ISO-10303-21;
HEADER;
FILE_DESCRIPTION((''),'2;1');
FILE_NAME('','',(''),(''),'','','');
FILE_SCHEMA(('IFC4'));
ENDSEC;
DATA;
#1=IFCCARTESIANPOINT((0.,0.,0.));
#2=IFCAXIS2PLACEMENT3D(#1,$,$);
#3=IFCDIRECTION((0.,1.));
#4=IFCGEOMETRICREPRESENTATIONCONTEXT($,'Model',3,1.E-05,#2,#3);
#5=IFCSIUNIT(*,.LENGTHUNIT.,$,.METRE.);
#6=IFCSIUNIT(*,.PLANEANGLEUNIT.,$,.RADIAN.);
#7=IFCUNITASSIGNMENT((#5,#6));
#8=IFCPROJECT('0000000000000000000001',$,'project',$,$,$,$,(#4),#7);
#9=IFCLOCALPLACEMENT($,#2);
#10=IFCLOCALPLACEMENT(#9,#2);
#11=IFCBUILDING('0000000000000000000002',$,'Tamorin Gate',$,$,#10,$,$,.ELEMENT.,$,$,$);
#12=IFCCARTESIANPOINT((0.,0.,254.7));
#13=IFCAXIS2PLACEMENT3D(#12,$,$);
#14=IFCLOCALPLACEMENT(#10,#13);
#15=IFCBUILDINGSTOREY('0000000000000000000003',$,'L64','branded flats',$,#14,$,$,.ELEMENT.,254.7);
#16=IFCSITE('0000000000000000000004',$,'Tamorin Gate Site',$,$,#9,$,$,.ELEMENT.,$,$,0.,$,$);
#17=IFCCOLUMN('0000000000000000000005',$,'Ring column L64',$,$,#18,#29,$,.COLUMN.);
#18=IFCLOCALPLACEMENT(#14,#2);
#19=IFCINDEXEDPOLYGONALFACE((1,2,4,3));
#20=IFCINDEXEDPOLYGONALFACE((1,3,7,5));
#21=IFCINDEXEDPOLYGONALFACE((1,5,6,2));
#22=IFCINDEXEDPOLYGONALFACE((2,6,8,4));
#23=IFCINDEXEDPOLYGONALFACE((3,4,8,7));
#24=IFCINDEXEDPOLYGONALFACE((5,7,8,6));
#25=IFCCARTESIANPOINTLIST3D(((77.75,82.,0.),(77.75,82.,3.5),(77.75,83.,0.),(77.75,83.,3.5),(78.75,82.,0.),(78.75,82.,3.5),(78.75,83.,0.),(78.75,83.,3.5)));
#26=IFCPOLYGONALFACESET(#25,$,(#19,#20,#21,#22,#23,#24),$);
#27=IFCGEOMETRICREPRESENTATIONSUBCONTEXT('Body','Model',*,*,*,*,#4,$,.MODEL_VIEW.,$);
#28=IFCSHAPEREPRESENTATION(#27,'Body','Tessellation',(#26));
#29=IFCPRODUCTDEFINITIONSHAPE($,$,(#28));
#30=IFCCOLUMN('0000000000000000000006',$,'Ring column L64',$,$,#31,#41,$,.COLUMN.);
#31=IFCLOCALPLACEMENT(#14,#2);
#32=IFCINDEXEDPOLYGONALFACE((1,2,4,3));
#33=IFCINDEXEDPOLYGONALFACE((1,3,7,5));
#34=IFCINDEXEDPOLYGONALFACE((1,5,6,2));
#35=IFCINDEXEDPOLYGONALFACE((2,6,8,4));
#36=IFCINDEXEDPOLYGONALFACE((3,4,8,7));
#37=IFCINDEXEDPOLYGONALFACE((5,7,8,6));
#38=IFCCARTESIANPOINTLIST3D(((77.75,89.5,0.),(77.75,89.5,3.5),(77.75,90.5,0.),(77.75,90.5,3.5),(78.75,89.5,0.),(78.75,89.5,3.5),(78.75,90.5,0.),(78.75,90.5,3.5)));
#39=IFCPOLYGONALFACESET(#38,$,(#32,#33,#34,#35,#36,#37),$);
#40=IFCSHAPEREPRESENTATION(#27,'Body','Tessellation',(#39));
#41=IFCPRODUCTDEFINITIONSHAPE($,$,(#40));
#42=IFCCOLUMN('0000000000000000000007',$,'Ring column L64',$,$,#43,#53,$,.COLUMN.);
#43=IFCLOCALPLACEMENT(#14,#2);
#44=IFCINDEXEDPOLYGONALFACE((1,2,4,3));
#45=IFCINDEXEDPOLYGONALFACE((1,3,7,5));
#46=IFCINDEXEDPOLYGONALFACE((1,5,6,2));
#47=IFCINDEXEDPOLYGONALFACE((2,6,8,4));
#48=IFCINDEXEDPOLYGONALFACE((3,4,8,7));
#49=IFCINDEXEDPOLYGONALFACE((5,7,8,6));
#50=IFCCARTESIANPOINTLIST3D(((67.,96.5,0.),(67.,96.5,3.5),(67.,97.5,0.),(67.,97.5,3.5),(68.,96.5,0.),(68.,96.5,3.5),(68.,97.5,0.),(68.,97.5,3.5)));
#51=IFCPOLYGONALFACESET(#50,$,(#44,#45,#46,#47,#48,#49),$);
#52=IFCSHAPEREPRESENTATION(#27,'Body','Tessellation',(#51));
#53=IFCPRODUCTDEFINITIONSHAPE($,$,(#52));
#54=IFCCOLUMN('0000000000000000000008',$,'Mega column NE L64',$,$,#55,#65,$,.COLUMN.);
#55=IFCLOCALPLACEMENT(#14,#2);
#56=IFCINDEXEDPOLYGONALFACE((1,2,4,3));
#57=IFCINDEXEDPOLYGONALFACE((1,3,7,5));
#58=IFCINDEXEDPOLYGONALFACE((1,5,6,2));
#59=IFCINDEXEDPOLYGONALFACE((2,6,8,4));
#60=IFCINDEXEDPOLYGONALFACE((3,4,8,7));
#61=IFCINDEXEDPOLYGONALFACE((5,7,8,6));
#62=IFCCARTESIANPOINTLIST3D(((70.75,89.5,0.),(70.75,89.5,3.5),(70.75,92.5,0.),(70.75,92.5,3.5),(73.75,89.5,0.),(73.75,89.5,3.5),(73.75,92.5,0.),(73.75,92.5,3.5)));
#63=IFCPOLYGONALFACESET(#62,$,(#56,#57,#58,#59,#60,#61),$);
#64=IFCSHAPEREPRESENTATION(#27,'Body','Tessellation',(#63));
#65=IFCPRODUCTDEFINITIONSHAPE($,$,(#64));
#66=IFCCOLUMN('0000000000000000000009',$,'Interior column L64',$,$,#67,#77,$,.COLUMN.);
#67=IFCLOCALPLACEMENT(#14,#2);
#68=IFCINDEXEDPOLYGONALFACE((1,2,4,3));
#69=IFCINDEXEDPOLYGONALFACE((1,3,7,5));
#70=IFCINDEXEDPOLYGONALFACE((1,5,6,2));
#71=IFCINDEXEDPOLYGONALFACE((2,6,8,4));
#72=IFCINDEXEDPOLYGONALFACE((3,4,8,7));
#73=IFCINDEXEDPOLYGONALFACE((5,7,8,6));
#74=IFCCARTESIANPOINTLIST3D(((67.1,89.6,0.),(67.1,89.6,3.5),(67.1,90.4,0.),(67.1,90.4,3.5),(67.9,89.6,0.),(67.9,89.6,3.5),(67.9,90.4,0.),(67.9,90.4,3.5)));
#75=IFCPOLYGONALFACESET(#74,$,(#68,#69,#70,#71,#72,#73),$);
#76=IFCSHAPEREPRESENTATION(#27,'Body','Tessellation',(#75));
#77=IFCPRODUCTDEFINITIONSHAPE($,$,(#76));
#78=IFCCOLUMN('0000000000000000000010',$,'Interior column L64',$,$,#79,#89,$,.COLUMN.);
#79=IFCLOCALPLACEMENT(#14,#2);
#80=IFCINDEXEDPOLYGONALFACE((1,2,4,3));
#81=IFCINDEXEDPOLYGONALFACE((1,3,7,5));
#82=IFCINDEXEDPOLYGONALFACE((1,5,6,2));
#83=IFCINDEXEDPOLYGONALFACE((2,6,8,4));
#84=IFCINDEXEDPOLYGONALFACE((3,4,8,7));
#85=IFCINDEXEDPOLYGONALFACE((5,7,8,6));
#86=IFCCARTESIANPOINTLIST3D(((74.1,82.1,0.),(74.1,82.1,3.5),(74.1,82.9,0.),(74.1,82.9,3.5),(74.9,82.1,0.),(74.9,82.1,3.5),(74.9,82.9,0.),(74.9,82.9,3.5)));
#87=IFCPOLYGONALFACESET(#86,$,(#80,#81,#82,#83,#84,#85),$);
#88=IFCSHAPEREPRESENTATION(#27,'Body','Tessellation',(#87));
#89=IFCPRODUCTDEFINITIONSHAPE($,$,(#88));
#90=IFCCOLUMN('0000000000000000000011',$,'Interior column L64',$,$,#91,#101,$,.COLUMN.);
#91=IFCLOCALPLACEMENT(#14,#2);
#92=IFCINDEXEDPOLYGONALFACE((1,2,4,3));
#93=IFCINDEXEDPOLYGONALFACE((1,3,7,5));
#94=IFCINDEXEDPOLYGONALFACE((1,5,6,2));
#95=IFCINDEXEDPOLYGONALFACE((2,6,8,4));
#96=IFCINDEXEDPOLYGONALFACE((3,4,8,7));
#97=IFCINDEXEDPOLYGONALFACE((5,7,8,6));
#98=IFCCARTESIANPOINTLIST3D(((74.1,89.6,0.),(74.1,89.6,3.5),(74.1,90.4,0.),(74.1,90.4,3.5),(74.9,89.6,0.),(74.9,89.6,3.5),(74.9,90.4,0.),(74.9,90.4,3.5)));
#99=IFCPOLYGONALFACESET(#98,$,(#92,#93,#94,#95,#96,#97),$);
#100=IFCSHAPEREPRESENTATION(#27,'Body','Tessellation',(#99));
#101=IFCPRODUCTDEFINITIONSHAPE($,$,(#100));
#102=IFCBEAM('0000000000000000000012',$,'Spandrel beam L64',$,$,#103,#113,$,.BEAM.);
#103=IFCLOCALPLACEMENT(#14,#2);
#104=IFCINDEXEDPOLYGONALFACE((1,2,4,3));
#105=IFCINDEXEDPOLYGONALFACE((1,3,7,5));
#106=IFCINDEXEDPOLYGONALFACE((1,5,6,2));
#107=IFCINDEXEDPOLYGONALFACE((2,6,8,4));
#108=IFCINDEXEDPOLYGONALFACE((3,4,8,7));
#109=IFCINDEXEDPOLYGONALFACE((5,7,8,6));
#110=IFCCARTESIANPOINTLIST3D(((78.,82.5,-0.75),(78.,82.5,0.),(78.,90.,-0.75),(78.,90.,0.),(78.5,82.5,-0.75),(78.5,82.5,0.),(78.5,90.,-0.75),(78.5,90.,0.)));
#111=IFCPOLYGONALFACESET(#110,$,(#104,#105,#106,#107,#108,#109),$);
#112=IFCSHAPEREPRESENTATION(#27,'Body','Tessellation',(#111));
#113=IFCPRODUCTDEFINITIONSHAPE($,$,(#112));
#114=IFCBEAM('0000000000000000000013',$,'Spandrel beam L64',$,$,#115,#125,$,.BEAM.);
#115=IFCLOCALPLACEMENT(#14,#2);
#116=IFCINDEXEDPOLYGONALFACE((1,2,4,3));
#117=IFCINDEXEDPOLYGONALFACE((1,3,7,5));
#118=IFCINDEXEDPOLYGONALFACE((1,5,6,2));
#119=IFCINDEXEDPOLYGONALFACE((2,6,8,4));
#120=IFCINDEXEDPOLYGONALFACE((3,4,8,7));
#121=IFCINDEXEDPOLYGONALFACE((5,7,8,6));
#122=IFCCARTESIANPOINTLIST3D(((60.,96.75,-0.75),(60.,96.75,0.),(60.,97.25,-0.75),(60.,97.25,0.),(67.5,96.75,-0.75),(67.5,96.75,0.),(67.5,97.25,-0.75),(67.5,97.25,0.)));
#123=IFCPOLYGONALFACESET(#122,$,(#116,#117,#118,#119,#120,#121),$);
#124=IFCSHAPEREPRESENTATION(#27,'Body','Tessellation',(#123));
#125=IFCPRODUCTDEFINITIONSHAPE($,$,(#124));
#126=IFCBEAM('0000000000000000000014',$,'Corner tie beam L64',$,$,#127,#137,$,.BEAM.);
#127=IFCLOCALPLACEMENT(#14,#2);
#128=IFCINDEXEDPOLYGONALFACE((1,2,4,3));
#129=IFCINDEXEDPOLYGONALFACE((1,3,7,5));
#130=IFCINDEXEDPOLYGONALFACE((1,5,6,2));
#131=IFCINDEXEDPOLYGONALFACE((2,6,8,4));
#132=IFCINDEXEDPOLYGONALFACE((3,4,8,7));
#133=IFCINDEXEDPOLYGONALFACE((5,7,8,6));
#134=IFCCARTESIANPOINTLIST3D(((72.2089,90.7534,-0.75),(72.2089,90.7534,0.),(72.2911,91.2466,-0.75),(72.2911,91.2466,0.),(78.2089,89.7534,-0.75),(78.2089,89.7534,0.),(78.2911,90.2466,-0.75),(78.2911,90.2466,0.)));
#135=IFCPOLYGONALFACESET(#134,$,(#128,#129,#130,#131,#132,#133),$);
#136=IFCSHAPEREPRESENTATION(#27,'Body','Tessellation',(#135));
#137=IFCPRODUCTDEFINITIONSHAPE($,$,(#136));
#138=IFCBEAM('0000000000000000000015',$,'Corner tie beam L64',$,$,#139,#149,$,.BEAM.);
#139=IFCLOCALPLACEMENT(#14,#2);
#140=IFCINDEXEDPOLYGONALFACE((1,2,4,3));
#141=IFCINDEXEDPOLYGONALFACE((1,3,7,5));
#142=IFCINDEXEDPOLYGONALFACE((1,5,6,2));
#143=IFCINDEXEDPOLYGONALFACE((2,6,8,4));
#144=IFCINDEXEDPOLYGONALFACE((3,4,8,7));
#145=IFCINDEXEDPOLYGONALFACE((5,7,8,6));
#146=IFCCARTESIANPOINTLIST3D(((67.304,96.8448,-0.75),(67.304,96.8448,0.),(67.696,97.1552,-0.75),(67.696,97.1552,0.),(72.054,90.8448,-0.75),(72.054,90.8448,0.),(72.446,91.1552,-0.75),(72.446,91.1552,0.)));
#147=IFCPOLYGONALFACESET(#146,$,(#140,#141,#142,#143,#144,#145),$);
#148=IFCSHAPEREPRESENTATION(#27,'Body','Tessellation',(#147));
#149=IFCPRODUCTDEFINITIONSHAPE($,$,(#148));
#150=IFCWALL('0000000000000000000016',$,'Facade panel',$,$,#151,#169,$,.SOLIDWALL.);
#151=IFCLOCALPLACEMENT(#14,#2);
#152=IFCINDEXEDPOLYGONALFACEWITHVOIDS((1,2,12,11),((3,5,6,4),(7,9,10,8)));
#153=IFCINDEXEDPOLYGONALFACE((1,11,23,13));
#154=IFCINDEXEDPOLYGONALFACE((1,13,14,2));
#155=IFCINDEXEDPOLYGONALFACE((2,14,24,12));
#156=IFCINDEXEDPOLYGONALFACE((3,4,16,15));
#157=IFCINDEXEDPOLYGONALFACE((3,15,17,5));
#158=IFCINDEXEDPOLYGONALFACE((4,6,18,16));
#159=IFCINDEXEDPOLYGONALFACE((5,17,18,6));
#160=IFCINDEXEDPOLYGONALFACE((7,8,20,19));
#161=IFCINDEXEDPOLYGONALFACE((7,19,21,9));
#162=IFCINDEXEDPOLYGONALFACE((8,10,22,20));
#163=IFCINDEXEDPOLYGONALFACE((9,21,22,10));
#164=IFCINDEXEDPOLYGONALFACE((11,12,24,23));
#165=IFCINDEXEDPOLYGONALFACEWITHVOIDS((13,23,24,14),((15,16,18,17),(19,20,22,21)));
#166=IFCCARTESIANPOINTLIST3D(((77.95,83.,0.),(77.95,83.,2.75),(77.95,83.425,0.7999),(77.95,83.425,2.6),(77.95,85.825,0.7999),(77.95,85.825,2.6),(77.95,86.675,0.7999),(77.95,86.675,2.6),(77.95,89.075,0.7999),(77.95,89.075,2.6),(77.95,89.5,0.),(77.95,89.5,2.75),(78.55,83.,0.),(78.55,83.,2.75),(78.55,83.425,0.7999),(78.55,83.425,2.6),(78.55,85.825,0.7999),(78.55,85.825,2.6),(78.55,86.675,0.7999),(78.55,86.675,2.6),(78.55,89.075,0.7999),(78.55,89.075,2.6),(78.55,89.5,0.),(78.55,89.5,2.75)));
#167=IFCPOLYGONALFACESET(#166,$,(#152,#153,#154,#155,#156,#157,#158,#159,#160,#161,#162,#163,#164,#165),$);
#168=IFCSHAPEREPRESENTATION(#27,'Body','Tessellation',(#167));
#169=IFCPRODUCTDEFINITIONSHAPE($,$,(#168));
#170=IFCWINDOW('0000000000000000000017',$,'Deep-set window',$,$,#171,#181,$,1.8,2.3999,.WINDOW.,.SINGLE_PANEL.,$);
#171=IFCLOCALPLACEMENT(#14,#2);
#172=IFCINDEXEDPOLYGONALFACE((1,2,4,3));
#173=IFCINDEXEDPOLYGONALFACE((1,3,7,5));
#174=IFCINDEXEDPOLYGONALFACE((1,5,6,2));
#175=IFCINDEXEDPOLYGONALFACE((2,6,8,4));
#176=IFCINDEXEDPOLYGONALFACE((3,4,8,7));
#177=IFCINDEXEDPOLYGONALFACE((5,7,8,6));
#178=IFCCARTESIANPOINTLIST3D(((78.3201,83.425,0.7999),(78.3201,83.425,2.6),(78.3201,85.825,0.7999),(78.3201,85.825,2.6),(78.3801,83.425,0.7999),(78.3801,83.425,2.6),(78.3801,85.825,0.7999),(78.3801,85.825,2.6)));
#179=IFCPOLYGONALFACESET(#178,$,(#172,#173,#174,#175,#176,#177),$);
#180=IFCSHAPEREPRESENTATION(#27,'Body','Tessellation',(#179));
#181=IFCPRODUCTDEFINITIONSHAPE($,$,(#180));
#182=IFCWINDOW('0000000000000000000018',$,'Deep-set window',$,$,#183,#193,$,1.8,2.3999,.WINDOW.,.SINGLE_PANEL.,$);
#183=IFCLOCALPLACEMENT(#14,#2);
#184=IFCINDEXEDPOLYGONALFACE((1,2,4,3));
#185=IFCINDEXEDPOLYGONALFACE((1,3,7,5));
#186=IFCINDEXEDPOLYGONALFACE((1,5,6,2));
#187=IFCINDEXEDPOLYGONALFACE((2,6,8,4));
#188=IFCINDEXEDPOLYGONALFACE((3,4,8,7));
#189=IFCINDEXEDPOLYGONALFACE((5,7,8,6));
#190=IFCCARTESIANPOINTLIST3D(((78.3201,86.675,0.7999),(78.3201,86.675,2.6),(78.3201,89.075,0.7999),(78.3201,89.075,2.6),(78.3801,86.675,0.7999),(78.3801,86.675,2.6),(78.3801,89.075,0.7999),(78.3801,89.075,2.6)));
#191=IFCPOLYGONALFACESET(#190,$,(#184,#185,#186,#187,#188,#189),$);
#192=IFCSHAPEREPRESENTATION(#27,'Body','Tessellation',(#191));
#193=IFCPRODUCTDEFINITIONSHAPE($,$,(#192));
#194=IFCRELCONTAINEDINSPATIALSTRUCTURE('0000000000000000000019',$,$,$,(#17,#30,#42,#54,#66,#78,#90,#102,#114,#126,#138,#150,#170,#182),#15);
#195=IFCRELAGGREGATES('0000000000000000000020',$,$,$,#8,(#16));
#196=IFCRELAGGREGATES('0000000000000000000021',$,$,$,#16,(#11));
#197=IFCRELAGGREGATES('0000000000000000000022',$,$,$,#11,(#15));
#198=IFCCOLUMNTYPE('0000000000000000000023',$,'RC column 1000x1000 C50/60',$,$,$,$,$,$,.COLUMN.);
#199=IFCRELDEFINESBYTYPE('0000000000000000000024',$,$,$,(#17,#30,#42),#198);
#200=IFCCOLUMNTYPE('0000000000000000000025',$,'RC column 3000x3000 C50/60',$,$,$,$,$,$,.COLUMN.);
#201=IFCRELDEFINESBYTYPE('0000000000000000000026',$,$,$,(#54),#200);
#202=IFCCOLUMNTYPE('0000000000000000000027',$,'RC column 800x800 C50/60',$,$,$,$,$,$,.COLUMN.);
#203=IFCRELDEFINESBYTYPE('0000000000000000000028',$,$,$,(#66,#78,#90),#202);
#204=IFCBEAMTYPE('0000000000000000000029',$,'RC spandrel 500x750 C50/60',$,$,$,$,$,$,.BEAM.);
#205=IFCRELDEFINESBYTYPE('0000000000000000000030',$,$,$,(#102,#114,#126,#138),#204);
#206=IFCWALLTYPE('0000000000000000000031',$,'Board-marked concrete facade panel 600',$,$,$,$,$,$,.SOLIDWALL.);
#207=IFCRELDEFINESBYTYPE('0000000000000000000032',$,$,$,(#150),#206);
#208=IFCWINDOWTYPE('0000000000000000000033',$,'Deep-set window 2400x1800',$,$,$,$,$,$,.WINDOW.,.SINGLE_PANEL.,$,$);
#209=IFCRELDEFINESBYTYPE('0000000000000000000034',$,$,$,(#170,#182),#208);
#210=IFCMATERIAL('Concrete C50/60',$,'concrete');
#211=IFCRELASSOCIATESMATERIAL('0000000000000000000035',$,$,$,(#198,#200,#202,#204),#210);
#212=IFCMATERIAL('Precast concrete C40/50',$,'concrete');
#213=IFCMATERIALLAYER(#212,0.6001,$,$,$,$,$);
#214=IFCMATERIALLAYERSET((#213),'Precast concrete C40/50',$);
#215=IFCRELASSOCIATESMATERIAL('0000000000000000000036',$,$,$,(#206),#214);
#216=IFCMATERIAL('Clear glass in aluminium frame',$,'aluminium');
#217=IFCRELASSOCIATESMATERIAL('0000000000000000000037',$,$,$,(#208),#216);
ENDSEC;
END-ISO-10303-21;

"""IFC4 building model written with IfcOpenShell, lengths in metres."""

from ifc_helpers import new_model, si_unit, direction, frame, frame_2d, origin, origin_2d, place, context, subcontext, project, spatial, rectangle, extrude, material, layer, layer_set, material_profile, profile_set, type_object, element, fill, save


model = new_model("IFC4")

# Units and contexts
model_context = context("Model", 3, precision=1e-05, world=origin(), true_north=direction((0.0, 1.0)))
body_context = subcontext(model_context, "Body", "Model", "MODEL_VIEW")
ifc_project = project(units=[si_unit("LENGTHUNIT", "METRE"), si_unit("PLANEANGLEUNIT", "RADIAN")], contexts=[model_context])

# Site, building, storey
site_placement = place(None, origin())
site = spatial("IfcSite", under=ifc_project, at=site_placement, Name="Tamorin Gate Site", CompositionType="ELEMENT", RefElevation=0.0)
building_placement = place(site_placement, origin())
building = spatial("IfcBuilding", under=site, at=building_placement, Name="Tamorin Gate", CompositionType="ELEMENT")
storey_placement = place(building_placement, frame((0.0, 0.0, 254.7)))
storey = spatial("IfcBuildingStorey", under=building, at=storey_placement, Name="L64", Description="branded flats", CompositionType="ELEMENT", Elevation=254.7)

# Columns
ifc_material_1 = material(Name="Concrete C50/60", Category="concrete")
ifc_material_profile_1 = material_profile(ifc_material_1, rectangle(XDim=1.0, YDim=1.0, at=origin_2d()), Name="RC 1000x1000")
ifc_profile_set_1 = profile_set([ifc_material_profile_1], Name="Concrete C50/60")
column_type_1 = type_object("IfcColumnType", Name="RC column 1000x1000 C50/60", PredefinedType="COLUMN", material=ifc_profile_set_1)
for number, where, z_axis, x_axis, name in (
    (1, (78.25, 82.5, 0.0), (0.0, 0.0, 1.0), (1.0, 0.0, 0.0), "Ring column L64"),
    (2, (78.25, 90.0, 0.0), (0.0, 0.0, 1.0), (1.0, 0.0, 0.0), "Ring column L64"),
    (3, (67.5, 97.0, 0.0), (0.0, 0.0, 1.0), (1.0, 0.0, 0.0), "Ring column L64"),
):
    element("IfcColumn", number, at=place(storey_placement, frame(where, z_axis=z_axis, x_axis=x_axis)), inside=storey, type_object=column_type_1, Name=name, PredefinedType="COLUMN", context=body_context, shape_type="SweptSolid", body=[
        extrude(rectangle(XDim=1.0, YDim=1.0, at=origin_2d()), origin(), (0.0, 0.0, 1.0), 3.5),
    ])
ifc_material_profile_2 = material_profile(ifc_material_1, rectangle(XDim=3.0, YDim=3.0, at=origin_2d()), Name="RC 3000x3000")
ifc_profile_set_2 = profile_set([ifc_material_profile_2], Name="Concrete C50/60")
column_type_2 = type_object("IfcColumnType", Name="RC column 3000x3000 C50/60", PredefinedType="COLUMN", material=ifc_profile_set_2)
column_placement = place(storey_placement, frame((72.25, 91.0, 0.0), z_axis=(0.0, 0.0, 1.0), x_axis=(1.0, 0.0, 0.0)))
element("IfcColumn", 4, at=column_placement, inside=storey, type_object=column_type_2, Name="Mega column NE L64", PredefinedType="COLUMN", context=body_context, shape_type="SweptSolid", body=[
    extrude(rectangle(XDim=3.0, YDim=3.0, at=origin_2d()), origin(), (0.0, 0.0, 1.0), 3.5),
])
ifc_material_profile_3 = material_profile(ifc_material_1, rectangle(XDim=0.8, YDim=0.8, at=origin_2d()), Name="RC 800x800")
ifc_profile_set_3 = profile_set([ifc_material_profile_3], Name="Concrete C50/60")
column_type_3 = type_object("IfcColumnType", Name="RC column 800x800 C50/60", PredefinedType="COLUMN", material=ifc_profile_set_3)
for number, where, z_axis, x_axis, name in (
    (5, (67.5, 90.0, 0.0), (0.0, 0.0, 1.0), (1.0, 0.0, 0.0), "Interior column L64"),
    (6, (74.5, 82.5, 0.0), (0.0, 0.0, 1.0), (1.0, 0.0, 0.0), "Interior column L64"),
    (7, (74.5, 90.0, 0.0), (0.0, 0.0, 1.0), (1.0, 0.0, 0.0), "Interior column L64"),
):
    element("IfcColumn", number, at=place(storey_placement, frame(where, z_axis=z_axis, x_axis=x_axis)), inside=storey, type_object=column_type_3, Name=name, PredefinedType="COLUMN", context=body_context, shape_type="SweptSolid", body=[
        extrude(rectangle(XDim=0.8, YDim=0.8, at=origin_2d()), origin(), (0.0, 0.0, 1.0), 3.5),
    ])

# Beams
ifc_material_profile_4 = material_profile(ifc_material_1, rectangle(XDim=0.5, YDim=0.75, at=origin_2d()), Name="RC 500x750")
ifc_profile_set_4 = profile_set([ifc_material_profile_4], Name="Concrete C50/60")
beam_type = type_object("IfcBeamType", Name="RC spandrel 500x750 C50/60", PredefinedType="BEAM", material=ifc_profile_set_4)
for number, where, z_axis, x_axis, name in (
    (8, (78.25, 82.5, -0.375), (0.0, 1.0, 0.0), (-1.0, 0.0, 0.0), "Spandrel beam L64"),
    (9, (67.5, 97.0, -0.375), (-1.0, 0.0, 0.0), (0.0, -1.0, 0.0), "Spandrel beam L64"),
):
    element("IfcBeam", number, at=place(storey_placement, frame(where, z_axis=z_axis, x_axis=x_axis)), inside=storey, type_object=beam_type, Name=name, PredefinedType="BEAM", context=body_context, shape_type="SweptSolid", body=[
        extrude(rectangle(XDim=0.5, YDim=0.75, at=origin_2d()), origin(), (0.0, 0.0, 1.0), 7.5),
    ])
beam_1_placement = place(storey_placement, frame((72.25, 91.0, -0.375), z_axis=(0.986394, -0.164399, 0.0), x_axis=(0.164399, 0.986394, 0.0)))
element("IfcBeam", 10, at=beam_1_placement, inside=storey, type_object=beam_type, Name="Corner tie beam L64", PredefinedType="BEAM", context=body_context, shape_type="SweptSolid", body=[
    extrude(rectangle(XDim=0.5, YDim=0.75, at=origin_2d()), origin(), (0.0, 0.0, 1.0), 6.0828),
])
beam_2_placement = place(storey_placement, frame((72.25, 91.0, -0.375), z_axis=(-0.620703, 0.784046, 0.0), x_axis=(-0.784046, -0.620703, 0.0)))
element("IfcBeam", 11, at=beam_2_placement, inside=storey, type_object=beam_type, Name="Corner tie beam L64", PredefinedType="BEAM", context=body_context, shape_type="SweptSolid", body=[
    extrude(rectangle(XDim=0.5, YDim=0.75, at=origin_2d()), origin(), (0.0, 0.0, 1.0), 7.6526),
])

# Wall, openings, windows
ifc_material_2 = material(Name="Precast concrete C40/50", Category="concrete")
ifc_layer = layer(ifc_material_2, 0.6001)
ifc_layer_set = layer_set([ifc_layer], Name="Precast concrete C40/50")
wall_type = type_object("IfcWallType", Name="Board-marked concrete facade panel 600", PredefinedType="SOLIDWALL", material=ifc_layer_set)
wall_1_placement = place(storey_placement, frame((78.25, 83.0, 0.0), z_axis=(0.0, 0.0, 1.0), x_axis=(0.0, 1.0, 0.0)))
wall_1 = element("IfcWall", 12, at=wall_1_placement, inside=storey, type_object=wall_type, Name="Facade panel", PredefinedType="SOLIDWALL", context=body_context, shape_type="SweptSolid", body=[
    extrude(rectangle(XDim=6.5, YDim=0.6001, at=frame_2d((3.25, 0.0))), origin(), (0.0, 0.0, 1.0), 2.75),
])
opening_1_placement = place(wall_1_placement, frame((0.425, 0.0, 0.8)))
opening_1 = element("IfcOpeningElement", 13, at=opening_1_placement, cuts=wall_1, PredefinedType="OPENING", context=body_context, shape_type="SweptSolid", body=[
    extrude(rectangle(XDim=2.3999, YDim=1.8, at=frame_2d((1.2, 0.8999))), frame((0.0, 0.3101, 0.0), z_axis=(0.0, -1.0, 0.0), x_axis=(1.0, 0.0, 0.0)), (0.0, 0.0, 1.0), 0.6201),
])
opening_2_placement = place(wall_1_placement, frame((3.675, 0.0, 0.8)))
opening_2 = element("IfcOpeningElement", 14, at=opening_2_placement, cuts=wall_1, PredefinedType="OPENING", context=body_context, shape_type="SweptSolid", body=[
    extrude(rectangle(XDim=2.3999, YDim=1.8, at=frame_2d((1.2, 0.8999))), frame((0.0, 0.3101, 0.0), z_axis=(0.0, -1.0, 0.0), x_axis=(1.0, 0.0, 0.0)), (0.0, 0.0, 1.0), 0.6201),
])
ifc_material_3 = material(Name="Clear glass in aluminium frame", Category="aluminium")
window_type = type_object("IfcWindowType", Name="Deep-set window 2400x1800", PartitioningType="SINGLE_PANEL", PredefinedType="WINDOW", material=ifc_material_3)
window_1_placement = place(opening_1_placement, origin())
window_1 = element("IfcWindow", 15, at=window_1_placement, inside=storey, type_object=window_type, Name="Deep-set window", OverallHeight=1.8, OverallWidth=2.3999, PartitioningType="SINGLE_PANEL", PredefinedType="WINDOW", context=body_context, shape_type="SweptSolid", body=[
    extrude(rectangle(XDim=2.3999, YDim=1.8, at=frame_2d((1.2, 0.8999))), frame((0.0, -0.0701, 0.0), z_axis=(0.0, -1.0, 0.0), x_axis=(1.0, 0.0, 0.0)), (0.0, 0.0, 1.0), 0.0601),
])
fill(opening_1, window_1)
window_2_placement = place(opening_2_placement, origin())
window_2 = element("IfcWindow", 16, at=window_2_placement, inside=storey, type_object=window_type, Name="Deep-set window", OverallHeight=1.8, OverallWidth=2.3999, PartitioningType="SINGLE_PANEL", PredefinedType="WINDOW", context=body_context, shape_type="SweptSolid", body=[
    extrude(rectangle(XDim=2.3999, YDim=1.8, at=frame_2d((1.2, 0.8999))), frame((0.0, -0.0701, 0.0), z_axis=(0.0, -1.0, 0.0), x_axis=(1.0, 0.0, 0.0)), (0.0, 0.0, 1.0), 0.0601),
])
fill(opening_2, window_2)

save(model, "model.ifc")
